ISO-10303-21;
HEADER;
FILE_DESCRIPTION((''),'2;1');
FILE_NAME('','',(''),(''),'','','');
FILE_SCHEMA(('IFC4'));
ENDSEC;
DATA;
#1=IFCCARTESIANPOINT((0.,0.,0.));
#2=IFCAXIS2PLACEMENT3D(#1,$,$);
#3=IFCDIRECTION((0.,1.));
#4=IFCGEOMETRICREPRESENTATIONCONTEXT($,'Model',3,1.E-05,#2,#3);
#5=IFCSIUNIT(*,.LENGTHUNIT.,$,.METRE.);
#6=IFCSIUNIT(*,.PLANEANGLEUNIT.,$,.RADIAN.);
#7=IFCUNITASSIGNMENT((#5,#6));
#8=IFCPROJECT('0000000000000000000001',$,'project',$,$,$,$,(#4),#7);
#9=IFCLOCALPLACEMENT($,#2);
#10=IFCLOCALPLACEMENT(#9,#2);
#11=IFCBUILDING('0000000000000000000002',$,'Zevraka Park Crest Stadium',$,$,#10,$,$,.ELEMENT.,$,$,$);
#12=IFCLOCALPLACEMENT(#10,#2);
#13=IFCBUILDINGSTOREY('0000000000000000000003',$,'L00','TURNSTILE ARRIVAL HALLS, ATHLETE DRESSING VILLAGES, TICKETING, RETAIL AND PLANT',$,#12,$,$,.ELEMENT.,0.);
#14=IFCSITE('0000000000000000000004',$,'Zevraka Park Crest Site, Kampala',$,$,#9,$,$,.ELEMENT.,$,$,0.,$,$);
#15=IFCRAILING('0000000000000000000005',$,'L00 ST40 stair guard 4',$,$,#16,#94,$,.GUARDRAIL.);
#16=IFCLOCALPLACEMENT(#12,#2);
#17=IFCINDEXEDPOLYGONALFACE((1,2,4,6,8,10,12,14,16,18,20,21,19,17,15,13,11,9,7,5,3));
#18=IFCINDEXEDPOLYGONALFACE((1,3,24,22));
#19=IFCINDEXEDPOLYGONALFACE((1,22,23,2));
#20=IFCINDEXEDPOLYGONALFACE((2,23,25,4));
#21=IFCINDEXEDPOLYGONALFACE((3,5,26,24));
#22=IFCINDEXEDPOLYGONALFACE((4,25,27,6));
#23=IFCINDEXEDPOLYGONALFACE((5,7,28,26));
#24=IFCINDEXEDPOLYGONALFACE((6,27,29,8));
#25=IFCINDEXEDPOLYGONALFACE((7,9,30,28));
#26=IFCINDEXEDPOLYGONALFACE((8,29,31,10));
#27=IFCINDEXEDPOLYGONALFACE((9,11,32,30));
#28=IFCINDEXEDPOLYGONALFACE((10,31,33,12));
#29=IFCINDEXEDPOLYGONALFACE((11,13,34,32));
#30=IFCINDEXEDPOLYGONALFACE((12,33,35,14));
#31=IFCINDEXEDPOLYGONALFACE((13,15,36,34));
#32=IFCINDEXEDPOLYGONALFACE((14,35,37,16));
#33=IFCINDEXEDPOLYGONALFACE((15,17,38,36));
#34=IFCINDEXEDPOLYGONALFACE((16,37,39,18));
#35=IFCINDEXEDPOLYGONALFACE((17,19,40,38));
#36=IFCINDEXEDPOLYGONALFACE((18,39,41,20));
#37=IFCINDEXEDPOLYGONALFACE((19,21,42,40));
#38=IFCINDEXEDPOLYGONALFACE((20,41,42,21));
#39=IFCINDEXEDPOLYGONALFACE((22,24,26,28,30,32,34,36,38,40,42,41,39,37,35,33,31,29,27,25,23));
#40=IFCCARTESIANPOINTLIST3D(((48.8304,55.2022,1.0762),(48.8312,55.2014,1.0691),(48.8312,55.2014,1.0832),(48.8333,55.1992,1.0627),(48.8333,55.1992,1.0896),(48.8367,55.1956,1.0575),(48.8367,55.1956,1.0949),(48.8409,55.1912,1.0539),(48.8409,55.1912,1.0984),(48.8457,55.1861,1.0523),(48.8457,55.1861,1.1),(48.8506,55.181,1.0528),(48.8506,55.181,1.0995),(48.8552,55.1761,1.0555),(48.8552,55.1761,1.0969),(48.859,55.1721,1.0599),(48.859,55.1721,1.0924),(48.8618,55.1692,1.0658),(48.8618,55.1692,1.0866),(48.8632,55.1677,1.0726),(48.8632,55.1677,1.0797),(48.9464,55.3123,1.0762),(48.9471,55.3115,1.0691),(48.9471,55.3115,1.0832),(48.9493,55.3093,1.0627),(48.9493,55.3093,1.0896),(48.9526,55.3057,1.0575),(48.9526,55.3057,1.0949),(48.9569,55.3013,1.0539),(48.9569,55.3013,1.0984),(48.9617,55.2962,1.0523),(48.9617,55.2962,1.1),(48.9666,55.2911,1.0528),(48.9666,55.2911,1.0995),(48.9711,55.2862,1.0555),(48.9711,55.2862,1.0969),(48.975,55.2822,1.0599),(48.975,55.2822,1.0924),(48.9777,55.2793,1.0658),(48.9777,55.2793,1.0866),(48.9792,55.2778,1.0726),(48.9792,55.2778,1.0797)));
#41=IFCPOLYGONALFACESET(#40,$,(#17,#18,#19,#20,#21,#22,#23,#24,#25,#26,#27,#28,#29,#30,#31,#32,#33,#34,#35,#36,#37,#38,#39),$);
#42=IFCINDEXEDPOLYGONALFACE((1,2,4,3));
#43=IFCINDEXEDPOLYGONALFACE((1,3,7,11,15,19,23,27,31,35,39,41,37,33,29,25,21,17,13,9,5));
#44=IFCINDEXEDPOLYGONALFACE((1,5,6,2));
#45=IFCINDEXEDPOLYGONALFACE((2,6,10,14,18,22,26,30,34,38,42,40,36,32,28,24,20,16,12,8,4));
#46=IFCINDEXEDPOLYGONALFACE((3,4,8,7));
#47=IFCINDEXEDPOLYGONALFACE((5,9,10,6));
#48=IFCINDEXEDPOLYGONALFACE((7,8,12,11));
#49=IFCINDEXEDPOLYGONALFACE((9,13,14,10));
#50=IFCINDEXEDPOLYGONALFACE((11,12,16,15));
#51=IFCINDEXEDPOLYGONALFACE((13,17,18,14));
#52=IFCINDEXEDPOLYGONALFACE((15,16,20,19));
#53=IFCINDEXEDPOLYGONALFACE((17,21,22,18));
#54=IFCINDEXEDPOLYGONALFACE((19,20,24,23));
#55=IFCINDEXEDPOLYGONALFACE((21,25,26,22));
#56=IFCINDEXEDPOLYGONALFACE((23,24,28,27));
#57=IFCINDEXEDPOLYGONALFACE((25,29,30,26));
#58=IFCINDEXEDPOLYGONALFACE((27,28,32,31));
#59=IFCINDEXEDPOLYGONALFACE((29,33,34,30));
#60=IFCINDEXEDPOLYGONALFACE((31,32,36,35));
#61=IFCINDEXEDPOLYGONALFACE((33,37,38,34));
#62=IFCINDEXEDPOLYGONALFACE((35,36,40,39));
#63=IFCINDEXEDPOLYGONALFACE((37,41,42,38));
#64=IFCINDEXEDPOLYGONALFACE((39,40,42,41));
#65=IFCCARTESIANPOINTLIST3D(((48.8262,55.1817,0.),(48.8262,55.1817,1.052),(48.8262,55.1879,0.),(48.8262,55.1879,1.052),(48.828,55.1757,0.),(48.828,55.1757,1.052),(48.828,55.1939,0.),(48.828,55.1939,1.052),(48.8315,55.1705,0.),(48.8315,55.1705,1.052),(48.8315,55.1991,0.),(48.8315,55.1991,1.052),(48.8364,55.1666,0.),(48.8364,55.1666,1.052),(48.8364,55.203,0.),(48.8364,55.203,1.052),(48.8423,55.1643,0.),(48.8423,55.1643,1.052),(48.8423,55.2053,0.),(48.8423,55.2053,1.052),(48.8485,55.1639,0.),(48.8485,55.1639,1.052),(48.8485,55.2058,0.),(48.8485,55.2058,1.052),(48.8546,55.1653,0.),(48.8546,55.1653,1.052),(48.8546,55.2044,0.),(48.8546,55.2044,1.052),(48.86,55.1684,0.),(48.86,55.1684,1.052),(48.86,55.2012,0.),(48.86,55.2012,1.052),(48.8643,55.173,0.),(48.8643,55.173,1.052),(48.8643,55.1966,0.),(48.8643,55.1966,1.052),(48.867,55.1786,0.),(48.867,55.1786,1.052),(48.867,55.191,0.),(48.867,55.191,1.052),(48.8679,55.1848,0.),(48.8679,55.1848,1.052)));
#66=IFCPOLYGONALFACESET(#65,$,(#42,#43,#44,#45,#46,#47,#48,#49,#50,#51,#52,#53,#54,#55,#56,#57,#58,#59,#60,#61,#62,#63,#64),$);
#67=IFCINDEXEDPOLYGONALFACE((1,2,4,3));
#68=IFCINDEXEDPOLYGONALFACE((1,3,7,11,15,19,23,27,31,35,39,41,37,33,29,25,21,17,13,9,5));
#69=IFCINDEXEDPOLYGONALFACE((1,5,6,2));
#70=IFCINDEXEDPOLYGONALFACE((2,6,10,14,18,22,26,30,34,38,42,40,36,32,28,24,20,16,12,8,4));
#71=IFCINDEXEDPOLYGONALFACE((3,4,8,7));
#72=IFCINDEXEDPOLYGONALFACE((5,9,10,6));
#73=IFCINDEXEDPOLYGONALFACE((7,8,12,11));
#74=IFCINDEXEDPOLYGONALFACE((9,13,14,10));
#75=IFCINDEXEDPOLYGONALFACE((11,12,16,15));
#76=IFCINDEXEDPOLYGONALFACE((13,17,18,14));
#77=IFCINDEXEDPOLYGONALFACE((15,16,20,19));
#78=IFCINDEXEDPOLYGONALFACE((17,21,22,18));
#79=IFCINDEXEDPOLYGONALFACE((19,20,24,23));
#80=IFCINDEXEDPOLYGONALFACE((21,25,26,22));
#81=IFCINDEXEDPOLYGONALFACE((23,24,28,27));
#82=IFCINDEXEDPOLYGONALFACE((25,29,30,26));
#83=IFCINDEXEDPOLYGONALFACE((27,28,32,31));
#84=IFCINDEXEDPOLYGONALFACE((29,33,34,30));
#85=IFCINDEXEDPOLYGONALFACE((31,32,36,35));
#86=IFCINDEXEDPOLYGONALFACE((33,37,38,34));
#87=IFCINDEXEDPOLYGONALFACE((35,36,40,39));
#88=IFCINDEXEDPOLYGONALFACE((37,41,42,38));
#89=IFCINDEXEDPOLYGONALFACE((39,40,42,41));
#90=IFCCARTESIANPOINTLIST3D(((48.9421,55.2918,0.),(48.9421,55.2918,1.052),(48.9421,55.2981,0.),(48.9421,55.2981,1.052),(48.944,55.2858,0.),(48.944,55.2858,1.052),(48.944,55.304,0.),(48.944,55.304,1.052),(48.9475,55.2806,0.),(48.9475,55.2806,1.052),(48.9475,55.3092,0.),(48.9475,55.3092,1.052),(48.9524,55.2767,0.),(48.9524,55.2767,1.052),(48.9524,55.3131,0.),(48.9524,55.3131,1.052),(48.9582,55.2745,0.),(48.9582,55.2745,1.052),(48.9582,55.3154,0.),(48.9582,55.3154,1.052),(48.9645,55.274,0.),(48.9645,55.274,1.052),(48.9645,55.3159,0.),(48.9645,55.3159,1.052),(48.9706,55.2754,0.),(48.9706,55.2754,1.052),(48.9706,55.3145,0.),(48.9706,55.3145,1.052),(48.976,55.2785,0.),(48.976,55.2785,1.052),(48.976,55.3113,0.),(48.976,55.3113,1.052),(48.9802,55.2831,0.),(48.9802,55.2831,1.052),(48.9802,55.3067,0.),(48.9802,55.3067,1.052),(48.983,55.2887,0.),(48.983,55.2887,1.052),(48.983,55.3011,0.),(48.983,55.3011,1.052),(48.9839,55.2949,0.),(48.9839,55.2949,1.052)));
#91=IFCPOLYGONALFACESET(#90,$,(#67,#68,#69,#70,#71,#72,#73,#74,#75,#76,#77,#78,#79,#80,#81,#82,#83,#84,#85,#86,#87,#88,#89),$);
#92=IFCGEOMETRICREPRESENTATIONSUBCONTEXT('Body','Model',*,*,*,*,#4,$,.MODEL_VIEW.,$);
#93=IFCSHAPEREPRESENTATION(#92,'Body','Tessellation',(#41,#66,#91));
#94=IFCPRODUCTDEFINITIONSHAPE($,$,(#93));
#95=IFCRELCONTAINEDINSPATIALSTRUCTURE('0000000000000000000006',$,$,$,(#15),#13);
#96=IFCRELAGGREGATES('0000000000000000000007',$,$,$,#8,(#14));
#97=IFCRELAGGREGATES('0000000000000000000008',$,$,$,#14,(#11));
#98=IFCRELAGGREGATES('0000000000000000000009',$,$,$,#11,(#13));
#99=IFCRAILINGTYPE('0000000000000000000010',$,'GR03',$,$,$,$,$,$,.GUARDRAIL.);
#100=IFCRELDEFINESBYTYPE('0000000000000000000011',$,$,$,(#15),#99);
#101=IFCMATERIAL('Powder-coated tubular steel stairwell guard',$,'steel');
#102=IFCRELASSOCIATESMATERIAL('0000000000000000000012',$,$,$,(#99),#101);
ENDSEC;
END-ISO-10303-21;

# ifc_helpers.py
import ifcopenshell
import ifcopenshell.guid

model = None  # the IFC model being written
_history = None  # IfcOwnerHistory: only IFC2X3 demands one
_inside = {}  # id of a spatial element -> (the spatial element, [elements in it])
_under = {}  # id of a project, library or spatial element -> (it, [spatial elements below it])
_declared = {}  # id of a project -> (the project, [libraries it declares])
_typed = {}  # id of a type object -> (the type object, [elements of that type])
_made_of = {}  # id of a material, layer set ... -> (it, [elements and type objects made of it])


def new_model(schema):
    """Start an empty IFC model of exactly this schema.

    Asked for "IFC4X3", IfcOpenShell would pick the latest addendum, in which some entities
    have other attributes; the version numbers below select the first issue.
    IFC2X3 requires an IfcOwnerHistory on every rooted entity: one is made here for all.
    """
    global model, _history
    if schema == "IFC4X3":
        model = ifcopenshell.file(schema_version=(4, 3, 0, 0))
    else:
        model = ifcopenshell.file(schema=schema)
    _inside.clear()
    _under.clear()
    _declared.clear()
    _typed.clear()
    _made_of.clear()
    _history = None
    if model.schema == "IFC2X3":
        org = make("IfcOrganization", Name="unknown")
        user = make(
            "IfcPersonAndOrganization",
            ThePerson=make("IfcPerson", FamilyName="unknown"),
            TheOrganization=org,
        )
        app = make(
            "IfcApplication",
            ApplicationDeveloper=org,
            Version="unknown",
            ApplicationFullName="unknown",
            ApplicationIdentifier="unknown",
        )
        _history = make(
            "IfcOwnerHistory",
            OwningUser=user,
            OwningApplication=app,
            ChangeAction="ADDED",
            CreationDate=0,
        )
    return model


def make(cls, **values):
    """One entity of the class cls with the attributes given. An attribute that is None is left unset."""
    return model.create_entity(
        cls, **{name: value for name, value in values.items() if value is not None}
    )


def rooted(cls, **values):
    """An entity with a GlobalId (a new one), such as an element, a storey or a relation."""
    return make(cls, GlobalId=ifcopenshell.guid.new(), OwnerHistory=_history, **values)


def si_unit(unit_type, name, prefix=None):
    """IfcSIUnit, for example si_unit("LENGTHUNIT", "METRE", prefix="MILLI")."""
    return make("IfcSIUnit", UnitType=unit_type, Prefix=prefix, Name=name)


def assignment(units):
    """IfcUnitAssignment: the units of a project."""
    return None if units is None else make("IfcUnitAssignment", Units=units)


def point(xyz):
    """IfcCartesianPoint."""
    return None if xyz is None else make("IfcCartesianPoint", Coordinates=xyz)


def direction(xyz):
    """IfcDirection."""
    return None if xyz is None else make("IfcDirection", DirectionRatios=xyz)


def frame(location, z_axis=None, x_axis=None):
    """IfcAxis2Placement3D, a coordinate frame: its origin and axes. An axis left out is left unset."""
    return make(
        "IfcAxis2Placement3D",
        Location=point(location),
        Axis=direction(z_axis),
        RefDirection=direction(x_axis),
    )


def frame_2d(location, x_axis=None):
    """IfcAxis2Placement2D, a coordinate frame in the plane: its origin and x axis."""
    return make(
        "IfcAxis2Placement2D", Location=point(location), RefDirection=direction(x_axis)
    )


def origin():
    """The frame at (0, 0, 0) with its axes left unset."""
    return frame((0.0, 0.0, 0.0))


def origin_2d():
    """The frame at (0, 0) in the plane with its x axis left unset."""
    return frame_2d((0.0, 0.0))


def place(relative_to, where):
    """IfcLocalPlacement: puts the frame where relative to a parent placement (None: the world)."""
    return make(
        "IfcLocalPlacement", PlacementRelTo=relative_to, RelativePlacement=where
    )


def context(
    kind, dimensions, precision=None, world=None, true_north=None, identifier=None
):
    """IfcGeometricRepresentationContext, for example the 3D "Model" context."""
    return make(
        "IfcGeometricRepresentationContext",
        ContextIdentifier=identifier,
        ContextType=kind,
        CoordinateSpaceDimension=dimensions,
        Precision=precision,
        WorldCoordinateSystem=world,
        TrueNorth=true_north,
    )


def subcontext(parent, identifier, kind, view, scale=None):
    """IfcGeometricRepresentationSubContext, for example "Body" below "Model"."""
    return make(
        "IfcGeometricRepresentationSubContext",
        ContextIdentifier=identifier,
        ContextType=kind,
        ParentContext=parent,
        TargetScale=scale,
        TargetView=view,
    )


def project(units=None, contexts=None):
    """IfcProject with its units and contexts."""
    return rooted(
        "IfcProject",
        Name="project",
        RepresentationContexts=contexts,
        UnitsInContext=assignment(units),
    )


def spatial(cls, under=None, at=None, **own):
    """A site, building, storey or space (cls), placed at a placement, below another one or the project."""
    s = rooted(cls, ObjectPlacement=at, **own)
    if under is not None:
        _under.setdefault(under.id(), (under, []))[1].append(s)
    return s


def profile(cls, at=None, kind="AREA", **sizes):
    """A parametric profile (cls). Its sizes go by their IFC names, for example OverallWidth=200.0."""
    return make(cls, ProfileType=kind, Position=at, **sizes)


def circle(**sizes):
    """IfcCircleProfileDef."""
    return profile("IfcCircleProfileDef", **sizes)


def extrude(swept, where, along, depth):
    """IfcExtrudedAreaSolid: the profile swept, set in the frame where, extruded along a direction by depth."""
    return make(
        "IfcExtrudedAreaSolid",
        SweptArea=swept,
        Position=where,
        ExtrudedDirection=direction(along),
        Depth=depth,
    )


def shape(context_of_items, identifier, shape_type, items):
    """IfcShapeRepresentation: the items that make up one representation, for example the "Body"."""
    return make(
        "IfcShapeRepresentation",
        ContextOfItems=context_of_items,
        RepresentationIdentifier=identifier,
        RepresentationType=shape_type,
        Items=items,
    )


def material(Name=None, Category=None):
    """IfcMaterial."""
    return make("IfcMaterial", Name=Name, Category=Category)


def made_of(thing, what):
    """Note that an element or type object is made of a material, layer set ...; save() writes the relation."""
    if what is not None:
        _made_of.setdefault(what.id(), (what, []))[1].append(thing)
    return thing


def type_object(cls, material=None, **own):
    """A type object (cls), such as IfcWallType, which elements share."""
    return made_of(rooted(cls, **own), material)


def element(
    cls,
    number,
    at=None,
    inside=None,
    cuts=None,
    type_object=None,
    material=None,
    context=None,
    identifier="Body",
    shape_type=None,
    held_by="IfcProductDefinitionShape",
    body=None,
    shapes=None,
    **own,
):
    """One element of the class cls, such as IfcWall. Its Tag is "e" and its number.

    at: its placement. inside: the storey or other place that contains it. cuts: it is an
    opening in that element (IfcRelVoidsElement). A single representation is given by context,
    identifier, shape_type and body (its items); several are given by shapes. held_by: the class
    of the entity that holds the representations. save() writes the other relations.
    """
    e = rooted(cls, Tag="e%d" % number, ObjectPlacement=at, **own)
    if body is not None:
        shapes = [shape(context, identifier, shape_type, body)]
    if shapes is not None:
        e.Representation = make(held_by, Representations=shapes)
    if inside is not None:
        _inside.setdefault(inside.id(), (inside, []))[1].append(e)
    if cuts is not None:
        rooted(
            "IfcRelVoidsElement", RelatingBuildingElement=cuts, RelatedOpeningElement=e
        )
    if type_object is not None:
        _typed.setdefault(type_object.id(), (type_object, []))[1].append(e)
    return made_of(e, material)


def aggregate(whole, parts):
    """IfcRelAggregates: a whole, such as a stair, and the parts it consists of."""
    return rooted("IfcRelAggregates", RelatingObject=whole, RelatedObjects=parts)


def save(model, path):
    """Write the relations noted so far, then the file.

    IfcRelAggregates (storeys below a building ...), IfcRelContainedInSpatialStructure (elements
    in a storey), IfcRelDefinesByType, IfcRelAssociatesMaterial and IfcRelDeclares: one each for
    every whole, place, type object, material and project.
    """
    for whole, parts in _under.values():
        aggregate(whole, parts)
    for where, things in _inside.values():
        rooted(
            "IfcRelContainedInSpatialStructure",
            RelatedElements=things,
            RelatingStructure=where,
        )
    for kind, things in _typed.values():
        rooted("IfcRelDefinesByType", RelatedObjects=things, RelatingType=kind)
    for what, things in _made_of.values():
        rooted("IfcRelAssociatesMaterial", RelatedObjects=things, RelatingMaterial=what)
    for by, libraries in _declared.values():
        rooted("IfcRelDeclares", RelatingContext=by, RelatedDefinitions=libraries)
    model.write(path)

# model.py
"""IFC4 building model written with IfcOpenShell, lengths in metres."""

from ifc_helpers import new_model, si_unit, direction, frame, origin, origin_2d, place, context, subcontext, project, spatial, circle, extrude, material, type_object, element, save


model = new_model("IFC4")

# Units and contexts
model_context = context("Model", 3, precision=1e-05, world=origin(), true_north=direction((0.0, 1.0)))
body_context = subcontext(model_context, "Body", "Model", "MODEL_VIEW")
ifc_project = project(units=[si_unit("LENGTHUNIT", "METRE"), si_unit("PLANEANGLEUNIT", "RADIAN")], contexts=[model_context])

# Site, building, storey
site_placement = place(None, origin())
site = spatial("IfcSite", under=ifc_project, at=site_placement, Name="Zevraka Park Crest Site, Kampala", CompositionType="ELEMENT", RefElevation=0.0)
building_placement = place(site_placement, origin())
building = spatial("IfcBuilding", under=site, at=building_placement, Name="Zevraka Park Crest Stadium", CompositionType="ELEMENT")
storey_placement = place(building_placement, origin())
storey = spatial("IfcBuildingStorey", under=building, at=storey_placement, Name="L00", Description="TURNSTILE ARRIVAL HALLS, ATHLETE DRESSING VILLAGES, TICKETING, RETAIL AND PLANT", CompositionType="ELEMENT", Elevation=0.0)

# Railing
ifc_material_1 = material(Name="Powder-coated tubular steel stairwell guard", Category="steel")
railing_type_1 = type_object("IfcRailingType", Name="GR03", PredefinedType="GUARDRAIL", material=ifc_material_1)
railing_1_placement = place(storey_placement, frame((48.8469, 55.1848, 0.0)))
element("IfcRailing", 1, at=railing_1_placement, inside=storey, type_object=railing_type_1, Name="L00 ST40 stair guard 4", PredefinedType="GUARDRAIL", context=body_context, shape_type="SweptSolid", body=[
    extrude(circle(Radius=0.0239, at=origin_2d()), frame((0.0, 0.0, 1.0762), z_axis=(0.72519, 0.688549, 0.0), x_axis=(-0.688549, 0.72519, 0.0)), (0.0, 0.0, 1.0), 0.1599),
    extrude(circle(Radius=0.021, at=origin_2d()), origin(), (0.0, 0.0, 1.0), 1.052),
    extrude(circle(Radius=0.021, at=origin_2d()), frame((0.116, 0.1101, 0.0)), (0.0, 0.0, 1.0), 1.052),
])

save(model, "model.ifc")
